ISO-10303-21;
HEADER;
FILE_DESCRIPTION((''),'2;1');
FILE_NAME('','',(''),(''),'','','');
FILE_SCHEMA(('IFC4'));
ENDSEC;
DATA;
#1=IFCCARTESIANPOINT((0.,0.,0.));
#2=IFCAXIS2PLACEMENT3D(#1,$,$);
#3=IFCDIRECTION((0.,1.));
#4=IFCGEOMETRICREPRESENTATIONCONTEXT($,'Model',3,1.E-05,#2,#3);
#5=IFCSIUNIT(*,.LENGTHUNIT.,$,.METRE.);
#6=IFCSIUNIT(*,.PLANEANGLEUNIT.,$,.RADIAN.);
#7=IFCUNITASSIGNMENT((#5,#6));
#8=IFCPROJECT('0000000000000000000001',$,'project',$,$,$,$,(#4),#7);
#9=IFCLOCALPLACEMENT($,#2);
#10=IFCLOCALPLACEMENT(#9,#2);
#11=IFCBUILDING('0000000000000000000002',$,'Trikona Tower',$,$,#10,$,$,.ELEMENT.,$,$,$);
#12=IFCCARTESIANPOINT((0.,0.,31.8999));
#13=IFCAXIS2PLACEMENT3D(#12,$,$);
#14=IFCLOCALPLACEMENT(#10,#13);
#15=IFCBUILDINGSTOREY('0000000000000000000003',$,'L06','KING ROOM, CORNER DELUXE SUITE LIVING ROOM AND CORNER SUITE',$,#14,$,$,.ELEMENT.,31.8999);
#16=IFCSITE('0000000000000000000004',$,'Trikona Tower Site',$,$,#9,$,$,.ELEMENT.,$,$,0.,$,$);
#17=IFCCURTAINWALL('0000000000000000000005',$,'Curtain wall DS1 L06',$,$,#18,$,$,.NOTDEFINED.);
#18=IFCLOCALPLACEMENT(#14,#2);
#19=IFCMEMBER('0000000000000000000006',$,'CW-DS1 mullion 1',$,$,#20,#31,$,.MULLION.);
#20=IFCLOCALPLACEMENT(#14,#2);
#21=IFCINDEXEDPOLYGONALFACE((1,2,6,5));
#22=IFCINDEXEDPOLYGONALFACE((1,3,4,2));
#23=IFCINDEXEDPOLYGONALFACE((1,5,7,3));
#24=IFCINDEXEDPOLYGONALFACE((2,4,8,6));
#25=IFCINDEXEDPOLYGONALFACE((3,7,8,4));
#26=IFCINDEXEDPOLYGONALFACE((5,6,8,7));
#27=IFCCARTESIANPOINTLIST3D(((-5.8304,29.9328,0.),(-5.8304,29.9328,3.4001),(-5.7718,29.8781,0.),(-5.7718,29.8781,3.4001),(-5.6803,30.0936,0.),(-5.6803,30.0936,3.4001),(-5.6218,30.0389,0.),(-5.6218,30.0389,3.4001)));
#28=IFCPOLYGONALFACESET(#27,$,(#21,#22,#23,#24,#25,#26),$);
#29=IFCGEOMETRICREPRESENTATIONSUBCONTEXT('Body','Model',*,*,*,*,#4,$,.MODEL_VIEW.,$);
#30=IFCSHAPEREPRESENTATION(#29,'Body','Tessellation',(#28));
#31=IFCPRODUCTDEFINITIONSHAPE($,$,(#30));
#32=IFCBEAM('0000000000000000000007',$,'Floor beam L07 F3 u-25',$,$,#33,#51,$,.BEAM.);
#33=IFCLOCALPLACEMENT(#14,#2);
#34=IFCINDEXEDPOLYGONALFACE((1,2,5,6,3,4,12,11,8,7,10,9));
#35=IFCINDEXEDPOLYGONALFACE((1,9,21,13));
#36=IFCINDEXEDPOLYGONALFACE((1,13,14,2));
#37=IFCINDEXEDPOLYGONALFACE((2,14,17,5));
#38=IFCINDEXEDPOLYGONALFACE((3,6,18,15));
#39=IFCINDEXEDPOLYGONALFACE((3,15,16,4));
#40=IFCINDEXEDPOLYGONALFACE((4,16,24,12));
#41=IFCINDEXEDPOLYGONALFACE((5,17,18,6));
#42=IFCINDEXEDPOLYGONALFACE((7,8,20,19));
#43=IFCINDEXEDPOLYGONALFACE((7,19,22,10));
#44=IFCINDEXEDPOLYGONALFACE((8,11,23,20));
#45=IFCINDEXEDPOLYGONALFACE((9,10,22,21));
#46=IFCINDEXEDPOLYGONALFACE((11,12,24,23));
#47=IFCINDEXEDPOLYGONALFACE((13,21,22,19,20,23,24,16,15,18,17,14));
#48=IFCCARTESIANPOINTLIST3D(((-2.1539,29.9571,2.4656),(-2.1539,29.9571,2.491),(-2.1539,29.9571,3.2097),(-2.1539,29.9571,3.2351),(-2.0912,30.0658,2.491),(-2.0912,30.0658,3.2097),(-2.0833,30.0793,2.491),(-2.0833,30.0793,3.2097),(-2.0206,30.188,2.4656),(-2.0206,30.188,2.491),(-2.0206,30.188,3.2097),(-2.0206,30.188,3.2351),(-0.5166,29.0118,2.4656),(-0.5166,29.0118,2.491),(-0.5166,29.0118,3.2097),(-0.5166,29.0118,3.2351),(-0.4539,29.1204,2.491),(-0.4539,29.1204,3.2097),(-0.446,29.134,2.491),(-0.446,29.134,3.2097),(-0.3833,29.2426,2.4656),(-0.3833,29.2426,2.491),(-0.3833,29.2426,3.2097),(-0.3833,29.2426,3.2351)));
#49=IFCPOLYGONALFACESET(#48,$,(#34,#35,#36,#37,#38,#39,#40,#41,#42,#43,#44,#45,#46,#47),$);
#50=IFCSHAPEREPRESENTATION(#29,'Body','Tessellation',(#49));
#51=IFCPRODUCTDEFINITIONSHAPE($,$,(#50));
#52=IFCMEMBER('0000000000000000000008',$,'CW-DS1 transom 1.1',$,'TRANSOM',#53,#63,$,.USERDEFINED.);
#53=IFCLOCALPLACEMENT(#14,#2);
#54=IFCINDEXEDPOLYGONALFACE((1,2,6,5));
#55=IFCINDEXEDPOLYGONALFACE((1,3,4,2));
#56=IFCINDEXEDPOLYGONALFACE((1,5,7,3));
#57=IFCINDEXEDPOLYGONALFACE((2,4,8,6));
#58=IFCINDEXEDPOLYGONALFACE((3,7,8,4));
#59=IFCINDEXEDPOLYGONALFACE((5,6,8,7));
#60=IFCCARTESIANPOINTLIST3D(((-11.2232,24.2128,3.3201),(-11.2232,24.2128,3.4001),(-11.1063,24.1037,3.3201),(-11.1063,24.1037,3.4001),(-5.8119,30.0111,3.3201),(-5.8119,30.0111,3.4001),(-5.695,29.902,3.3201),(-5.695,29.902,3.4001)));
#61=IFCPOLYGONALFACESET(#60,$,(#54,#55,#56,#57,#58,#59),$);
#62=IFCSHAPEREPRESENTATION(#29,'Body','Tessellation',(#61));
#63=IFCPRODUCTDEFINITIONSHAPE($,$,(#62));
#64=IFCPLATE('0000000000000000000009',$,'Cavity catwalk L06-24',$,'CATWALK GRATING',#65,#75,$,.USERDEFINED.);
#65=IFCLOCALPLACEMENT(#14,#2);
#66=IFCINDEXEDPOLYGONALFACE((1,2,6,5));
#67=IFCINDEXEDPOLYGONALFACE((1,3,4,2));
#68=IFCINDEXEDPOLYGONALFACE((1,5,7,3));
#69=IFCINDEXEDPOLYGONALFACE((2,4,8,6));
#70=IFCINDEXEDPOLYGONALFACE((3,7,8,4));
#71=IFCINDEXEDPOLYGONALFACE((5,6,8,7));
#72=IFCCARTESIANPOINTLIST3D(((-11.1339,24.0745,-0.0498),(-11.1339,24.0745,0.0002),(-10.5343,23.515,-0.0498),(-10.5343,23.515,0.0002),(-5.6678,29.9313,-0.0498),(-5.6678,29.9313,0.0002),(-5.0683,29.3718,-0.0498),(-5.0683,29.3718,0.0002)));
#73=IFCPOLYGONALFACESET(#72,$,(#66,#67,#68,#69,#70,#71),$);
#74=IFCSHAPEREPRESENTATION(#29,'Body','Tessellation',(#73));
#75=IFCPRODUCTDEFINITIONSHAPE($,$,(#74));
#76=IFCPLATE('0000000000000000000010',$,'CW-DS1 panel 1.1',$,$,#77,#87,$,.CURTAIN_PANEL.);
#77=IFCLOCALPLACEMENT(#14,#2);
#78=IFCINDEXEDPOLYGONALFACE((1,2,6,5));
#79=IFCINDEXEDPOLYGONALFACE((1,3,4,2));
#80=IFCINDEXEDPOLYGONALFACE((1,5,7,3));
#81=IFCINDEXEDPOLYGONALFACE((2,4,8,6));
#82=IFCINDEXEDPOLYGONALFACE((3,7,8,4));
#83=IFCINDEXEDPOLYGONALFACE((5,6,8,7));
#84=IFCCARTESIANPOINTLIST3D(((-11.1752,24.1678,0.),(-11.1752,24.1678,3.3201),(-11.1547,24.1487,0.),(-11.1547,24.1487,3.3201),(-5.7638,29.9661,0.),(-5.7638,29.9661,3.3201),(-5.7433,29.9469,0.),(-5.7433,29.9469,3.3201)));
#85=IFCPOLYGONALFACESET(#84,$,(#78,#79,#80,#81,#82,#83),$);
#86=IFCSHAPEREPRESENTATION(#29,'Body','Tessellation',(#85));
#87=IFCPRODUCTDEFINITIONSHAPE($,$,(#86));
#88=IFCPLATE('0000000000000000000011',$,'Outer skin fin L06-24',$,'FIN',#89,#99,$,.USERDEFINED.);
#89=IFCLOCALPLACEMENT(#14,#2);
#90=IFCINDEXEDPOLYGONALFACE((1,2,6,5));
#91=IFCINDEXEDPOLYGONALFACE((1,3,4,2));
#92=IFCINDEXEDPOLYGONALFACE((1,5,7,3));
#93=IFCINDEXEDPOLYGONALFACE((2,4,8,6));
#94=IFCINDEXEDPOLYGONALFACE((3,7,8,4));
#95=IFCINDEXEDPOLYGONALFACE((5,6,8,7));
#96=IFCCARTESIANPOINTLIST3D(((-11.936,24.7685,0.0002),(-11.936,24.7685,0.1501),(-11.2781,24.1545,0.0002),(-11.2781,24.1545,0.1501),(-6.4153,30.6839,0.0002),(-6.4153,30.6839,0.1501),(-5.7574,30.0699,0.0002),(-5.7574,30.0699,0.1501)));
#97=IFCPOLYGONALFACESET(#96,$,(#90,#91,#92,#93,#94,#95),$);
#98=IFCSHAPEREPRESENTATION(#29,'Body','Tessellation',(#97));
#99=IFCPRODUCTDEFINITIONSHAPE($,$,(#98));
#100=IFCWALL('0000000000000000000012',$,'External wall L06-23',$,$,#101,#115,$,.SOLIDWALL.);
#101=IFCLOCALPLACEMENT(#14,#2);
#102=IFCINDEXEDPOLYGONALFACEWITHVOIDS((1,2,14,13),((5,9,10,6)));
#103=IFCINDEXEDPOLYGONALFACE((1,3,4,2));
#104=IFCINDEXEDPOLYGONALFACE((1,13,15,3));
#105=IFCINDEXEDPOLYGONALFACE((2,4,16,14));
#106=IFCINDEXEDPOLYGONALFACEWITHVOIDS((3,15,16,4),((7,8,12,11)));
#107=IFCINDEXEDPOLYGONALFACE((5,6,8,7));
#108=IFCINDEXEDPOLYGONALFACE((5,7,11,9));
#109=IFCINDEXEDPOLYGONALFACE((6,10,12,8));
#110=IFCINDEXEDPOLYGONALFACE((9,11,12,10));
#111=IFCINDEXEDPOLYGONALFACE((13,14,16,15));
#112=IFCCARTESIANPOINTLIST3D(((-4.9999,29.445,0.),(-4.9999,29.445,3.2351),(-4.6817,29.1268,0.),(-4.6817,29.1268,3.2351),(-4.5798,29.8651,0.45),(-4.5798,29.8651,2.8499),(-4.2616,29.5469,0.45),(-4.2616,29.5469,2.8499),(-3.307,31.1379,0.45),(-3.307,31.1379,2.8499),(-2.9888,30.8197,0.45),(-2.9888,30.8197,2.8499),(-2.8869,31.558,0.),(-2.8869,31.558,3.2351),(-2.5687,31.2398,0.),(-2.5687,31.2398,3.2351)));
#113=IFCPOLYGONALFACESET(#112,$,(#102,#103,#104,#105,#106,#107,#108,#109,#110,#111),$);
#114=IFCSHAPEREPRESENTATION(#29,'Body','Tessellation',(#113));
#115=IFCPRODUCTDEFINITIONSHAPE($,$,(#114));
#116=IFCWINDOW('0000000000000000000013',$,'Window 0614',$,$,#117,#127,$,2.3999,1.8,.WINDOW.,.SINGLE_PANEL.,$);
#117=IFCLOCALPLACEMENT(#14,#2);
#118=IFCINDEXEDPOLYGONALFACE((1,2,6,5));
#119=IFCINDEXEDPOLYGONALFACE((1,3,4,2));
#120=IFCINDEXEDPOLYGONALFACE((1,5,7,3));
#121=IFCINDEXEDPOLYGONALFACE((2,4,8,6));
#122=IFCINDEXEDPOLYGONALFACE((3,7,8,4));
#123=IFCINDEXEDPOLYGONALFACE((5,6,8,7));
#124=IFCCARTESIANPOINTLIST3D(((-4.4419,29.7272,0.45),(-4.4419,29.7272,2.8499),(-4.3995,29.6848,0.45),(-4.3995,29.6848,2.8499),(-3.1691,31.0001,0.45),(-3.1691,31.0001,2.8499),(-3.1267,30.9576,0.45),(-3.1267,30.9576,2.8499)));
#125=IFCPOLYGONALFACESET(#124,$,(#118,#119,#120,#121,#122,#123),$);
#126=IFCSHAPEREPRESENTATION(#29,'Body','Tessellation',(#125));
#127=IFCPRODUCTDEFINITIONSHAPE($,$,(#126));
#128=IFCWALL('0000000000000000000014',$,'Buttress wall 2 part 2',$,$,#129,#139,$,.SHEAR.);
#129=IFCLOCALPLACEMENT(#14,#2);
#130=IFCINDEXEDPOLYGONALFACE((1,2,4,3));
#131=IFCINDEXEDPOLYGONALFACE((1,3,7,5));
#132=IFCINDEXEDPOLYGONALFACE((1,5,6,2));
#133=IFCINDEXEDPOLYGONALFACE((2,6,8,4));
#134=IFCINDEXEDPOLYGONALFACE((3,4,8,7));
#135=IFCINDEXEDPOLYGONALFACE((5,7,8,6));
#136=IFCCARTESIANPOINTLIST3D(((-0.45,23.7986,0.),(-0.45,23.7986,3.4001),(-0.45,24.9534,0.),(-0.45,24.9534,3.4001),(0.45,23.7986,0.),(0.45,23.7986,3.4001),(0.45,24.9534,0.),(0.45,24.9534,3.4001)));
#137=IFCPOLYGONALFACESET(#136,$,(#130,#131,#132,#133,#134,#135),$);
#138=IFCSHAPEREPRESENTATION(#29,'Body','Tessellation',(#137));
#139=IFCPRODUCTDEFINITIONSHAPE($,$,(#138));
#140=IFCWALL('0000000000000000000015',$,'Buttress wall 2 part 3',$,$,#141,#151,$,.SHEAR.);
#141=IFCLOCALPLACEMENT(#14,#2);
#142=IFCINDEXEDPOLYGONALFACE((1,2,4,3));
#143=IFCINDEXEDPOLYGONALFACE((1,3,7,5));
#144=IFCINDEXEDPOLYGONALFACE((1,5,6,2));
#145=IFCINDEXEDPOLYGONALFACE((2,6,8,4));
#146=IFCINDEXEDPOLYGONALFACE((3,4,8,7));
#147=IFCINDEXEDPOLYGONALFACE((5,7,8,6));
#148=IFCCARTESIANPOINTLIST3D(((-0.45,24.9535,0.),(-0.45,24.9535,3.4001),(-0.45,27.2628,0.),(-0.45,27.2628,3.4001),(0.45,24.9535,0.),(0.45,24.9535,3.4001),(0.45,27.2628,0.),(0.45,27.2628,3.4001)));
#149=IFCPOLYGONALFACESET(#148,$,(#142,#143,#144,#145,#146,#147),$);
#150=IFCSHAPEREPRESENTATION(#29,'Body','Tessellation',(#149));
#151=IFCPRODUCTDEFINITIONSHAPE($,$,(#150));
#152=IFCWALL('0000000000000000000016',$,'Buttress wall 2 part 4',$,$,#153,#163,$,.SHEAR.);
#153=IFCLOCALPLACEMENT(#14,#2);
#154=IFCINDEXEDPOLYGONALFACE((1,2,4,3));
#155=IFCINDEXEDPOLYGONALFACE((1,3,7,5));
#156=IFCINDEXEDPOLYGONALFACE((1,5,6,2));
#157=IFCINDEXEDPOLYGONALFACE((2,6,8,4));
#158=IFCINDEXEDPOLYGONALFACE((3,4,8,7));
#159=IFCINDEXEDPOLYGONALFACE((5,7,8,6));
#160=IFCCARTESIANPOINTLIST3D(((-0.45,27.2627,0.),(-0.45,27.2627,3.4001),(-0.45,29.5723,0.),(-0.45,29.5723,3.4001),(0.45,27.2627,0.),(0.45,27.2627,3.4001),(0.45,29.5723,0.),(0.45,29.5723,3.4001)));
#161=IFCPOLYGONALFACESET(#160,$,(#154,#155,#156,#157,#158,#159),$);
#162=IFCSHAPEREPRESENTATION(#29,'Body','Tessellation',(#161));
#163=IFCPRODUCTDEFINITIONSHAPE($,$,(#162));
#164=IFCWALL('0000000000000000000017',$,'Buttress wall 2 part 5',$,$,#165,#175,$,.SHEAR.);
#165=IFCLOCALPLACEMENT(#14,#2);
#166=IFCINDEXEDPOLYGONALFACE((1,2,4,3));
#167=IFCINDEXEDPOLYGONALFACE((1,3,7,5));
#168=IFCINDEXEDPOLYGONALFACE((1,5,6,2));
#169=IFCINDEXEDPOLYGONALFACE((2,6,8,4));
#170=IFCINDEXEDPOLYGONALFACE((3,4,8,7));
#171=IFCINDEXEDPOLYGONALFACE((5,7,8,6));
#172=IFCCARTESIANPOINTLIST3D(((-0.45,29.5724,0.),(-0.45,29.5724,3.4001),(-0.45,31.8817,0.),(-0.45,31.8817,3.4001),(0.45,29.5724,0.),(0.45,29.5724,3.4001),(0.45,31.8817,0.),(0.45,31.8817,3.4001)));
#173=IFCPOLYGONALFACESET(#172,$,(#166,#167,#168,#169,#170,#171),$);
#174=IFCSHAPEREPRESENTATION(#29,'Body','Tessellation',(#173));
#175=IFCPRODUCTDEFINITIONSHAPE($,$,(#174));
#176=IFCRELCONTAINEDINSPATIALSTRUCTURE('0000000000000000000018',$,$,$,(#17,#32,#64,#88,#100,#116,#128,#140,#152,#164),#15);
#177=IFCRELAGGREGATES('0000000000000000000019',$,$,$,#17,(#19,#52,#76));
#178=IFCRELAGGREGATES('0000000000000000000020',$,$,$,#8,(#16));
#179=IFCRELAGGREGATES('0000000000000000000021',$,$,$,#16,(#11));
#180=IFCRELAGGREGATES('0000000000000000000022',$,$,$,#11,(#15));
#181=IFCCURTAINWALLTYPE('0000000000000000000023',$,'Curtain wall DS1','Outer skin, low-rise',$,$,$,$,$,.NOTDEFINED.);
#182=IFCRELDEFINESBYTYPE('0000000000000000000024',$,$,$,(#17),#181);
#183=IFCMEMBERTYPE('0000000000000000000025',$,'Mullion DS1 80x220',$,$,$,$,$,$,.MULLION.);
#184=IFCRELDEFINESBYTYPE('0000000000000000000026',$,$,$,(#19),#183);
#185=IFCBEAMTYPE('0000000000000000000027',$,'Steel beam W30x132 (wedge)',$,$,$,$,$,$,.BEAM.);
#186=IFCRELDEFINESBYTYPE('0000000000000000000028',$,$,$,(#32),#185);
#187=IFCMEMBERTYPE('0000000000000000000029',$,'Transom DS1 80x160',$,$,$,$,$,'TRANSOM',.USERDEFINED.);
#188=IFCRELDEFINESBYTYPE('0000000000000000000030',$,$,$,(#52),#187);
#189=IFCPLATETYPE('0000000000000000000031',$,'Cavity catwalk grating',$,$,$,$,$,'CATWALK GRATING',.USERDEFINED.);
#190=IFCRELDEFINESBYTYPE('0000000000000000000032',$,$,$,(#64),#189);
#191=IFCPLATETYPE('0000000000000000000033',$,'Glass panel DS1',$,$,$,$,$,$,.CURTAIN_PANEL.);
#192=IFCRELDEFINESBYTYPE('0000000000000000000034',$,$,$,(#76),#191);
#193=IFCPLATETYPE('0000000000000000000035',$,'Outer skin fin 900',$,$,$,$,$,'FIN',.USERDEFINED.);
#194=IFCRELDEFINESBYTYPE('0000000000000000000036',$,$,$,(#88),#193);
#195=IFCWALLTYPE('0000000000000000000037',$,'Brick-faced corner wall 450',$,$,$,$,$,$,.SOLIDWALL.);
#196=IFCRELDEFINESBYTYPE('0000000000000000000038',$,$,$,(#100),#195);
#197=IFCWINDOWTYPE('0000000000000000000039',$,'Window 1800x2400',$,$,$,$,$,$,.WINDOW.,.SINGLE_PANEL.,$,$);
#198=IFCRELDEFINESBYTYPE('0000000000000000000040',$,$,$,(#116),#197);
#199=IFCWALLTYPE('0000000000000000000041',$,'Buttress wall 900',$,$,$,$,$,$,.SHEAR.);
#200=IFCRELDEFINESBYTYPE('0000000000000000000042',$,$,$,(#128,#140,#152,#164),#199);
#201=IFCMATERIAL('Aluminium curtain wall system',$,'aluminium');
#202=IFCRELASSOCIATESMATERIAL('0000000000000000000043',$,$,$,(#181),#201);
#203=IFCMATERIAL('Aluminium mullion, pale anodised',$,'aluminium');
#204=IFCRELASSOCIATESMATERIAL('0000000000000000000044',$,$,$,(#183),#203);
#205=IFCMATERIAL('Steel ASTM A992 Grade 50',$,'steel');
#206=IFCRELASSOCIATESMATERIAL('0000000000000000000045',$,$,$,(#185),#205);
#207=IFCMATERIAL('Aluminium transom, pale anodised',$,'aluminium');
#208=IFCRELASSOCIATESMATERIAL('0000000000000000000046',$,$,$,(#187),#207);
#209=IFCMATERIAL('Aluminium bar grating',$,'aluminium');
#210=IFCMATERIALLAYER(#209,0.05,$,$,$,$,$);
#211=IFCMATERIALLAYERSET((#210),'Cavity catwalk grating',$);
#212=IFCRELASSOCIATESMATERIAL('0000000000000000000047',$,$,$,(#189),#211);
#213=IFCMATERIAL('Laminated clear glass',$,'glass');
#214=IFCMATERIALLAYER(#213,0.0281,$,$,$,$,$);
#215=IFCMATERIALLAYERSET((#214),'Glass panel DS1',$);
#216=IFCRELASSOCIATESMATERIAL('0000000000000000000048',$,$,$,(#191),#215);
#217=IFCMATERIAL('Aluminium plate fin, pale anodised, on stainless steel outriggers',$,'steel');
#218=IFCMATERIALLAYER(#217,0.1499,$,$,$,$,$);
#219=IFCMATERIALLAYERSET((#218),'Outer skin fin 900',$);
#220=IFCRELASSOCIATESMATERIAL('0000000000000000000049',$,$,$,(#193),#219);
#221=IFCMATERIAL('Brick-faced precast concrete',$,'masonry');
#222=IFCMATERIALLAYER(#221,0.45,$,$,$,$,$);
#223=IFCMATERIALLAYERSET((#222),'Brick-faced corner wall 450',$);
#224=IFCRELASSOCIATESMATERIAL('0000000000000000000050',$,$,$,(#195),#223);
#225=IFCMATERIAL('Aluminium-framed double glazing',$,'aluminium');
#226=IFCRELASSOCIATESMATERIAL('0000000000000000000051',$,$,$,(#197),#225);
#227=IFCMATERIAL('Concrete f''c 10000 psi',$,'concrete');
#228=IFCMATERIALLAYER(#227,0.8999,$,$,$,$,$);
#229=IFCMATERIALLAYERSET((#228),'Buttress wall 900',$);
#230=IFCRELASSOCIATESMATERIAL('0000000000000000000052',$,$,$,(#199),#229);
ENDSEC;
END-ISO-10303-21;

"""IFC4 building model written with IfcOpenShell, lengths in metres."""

from ifc_helpers import new_model, si_unit, direction, frame, frame_2d, origin, origin_2d, place, context, subcontext, project, spatial, rectangle, i_section, extrude, material, layer, layer_set, material_profile, profile_set, type_object, element, fill, aggregate, save


model = new_model("IFC4")

# Units and contexts
model_context = context("Model", 3, precision=1e-05, world=origin(), true_north=direction((0.0, 1.0)))
body_context = subcontext(model_context, "Body", "Model", "MODEL_VIEW")
ifc_project = project(units=[si_unit("LENGTHUNIT", "METRE"), si_unit("PLANEANGLEUNIT", "RADIAN")], contexts=[model_context])

# Site, building, storey
site_placement = place(None, origin())
site = spatial("IfcSite", under=ifc_project, at=site_placement, Name="Trikona Tower Site", CompositionType="ELEMENT", RefElevation=0.0)
building_placement = place(site_placement, origin())
building = spatial("IfcBuilding", under=site, at=building_placement, Name="Trikona Tower", CompositionType="ELEMENT")
storey_placement = place(building_placement, frame((0.0, 0.0, 31.8999)))
storey = spatial("IfcBuildingStorey", under=building, at=storey_placement, Name="L06", Description="KING ROOM, CORNER DELUXE SUITE LIVING ROOM AND CORNER SUITE", CompositionType="ELEMENT", Elevation=31.8999)

# Curtain wall, member
ifc_material_1 = material(Name="Aluminium curtain wall system", Category="aluminium")
curtain_wall_type = type_object("IfcCurtainWallType", Name="Curtain wall DS1", Description="Outer skin, low-rise", PredefinedType="NOTDEFINED", material=ifc_material_1)
curtain_wall_placement = place(storey_placement, origin())
curtain_wall = element("IfcCurtainWall", 1, at=curtain_wall_placement, inside=storey, type_object=curtain_wall_type, Name="Curtain wall DS1 L06", PredefinedType="NOTDEFINED")
ifc_material_2 = material(Name="Aluminium mullion, pale anodised", Category="aluminium")
ifc_material_profile_1 = material_profile(ifc_material_2, rectangle(XDim=0.0801, YDim=0.22, at=origin_2d()), Name="MUL-DS1")
ifc_profile_set_1 = profile_set([ifc_material_profile_1], Name="Aluminium mullion, pale anodised")
member_type_1 = type_object("IfcMemberType", Name="Mullion DS1 80x220", PredefinedType="MULLION", material=ifc_profile_set_1)
member_1_placement = place(storey_placement, frame((-5.7261, 29.9858, 0.0), z_axis=(0.0, 0.0, 1.0), x_axis=(0.731077, -0.682295, 0.0)))
member_1 = element("IfcMember", 2, at=member_1_placement, type_object=member_type_1, Name="CW-DS1 mullion 1", PredefinedType="MULLION", context=body_context, shape_type="SweptSolid", body=[
    extrude(rectangle(XDim=0.0801, YDim=0.22, at=origin_2d()), origin(), (0.0, 0.0, 1.0), 3.4001),
])

# Beam
ifc_material_3 = material(Name="Steel ASTM A992 Grade 50", Category="steel")
ifc_material_profile_2 = material_profile(ifc_material_3, i_section(OverallWidth=0.2666, OverallDepth=0.7695, WebThickness=0.0156, FlangeThickness=0.0254, at=origin_2d()), Name="W30X132")
ifc_profile_set_2 = profile_set([ifc_material_profile_2], Name="Steel ASTM A992 Grade 50")
beam_type = type_object("IfcBeamType", Name="Steel beam W30x132 (wedge)", PredefinedType="BEAM", material=ifc_profile_set_2)
beam_placement = place(storey_placement, frame((-0.45, 29.1272, 2.8503), z_axis=(-0.866009, 0.500028, 0.0), x_axis=(-0.500028, -0.866009, 0.0)))
element("IfcBeam", 3, at=beam_placement, inside=storey, type_object=beam_type, Name="Floor beam L07 F3 u-25", PredefinedType="BEAM", context=body_context, shape_type="SweptSolid", body=[
    extrude(i_section(OverallWidth=0.2666, OverallDepth=0.7695, WebThickness=0.0156, FlangeThickness=0.0254, at=origin_2d()), origin(), (0.0, 0.0, 1.0), 1.8906),
])

# Member
ifc_material_4 = material(Name="Aluminium transom, pale anodised", Category="aluminium")
ifc_material_profile_3 = material_profile(ifc_material_4, rectangle(XDim=0.1599, YDim=0.0801, at=origin_2d()), Name="TRN-DS1")
ifc_profile_set_3 = profile_set([ifc_material_profile_3], Name="Aluminium transom, pale anodised")
member_type_2 = type_object("IfcMemberType", Name="Transom DS1 80x160", ElementType="TRANSOM", PredefinedType="USERDEFINED", material=ifc_profile_set_3)
member_2_placement = place(storey_placement, frame((-5.7534, 29.9565, 3.3601), z_axis=(-0.682291, -0.731081, 0.0), x_axis=(0.731081, -0.682291, 0.0)))
member_2 = element("IfcMember", 4, at=member_2_placement, type_object=member_type_2, Name="CW-DS1 transom 1.1", ObjectType="TRANSOM", PredefinedType="USERDEFINED", context=body_context, shape_type="SweptSolid", body=[
    extrude(rectangle(XDim=0.1599, YDim=0.0801, at=origin_2d()), origin(), (0.0, 0.0, 1.0), 7.9312),
])

# Plates
ifc_material_5 = material(Name="Aluminium bar grating", Category="aluminium")
ifc_layer_1 = layer(ifc_material_5, 0.05)
ifc_layer_set_1 = layer_set([ifc_layer_1], Name="Cavity catwalk grating")
plate_type_1 = type_object("IfcPlateType", Name="Cavity catwalk grating", ElementType="CATWALK GRATING", PredefinedType="USERDEFINED", material=ifc_layer_set_1)
plate_1_placement = place(storey_placement, frame((-8.1011, 26.7231, -0.0498), z_axis=(0.0, 0.0, 1.0), x_axis=(-0.682298, -0.731074, 0.0)))
element("IfcPlate", 5, at=plate_1_placement, inside=storey, type_object=plate_type_1, Name="Cavity catwalk L06-24", ObjectType="CATWALK GRATING", PredefinedType="USERDEFINED", context=body_context, shape_type="SweptSolid", body=[
    extrude(rectangle(XDim=8.0112, YDim=0.8201, at=origin_2d()), origin(), (0.0, 0.0, 1.0), 0.05),
])
ifc_material_6 = material(Name="Laminated clear glass", Category="glass")
ifc_layer_2 = layer(ifc_material_6, 0.0281)
ifc_layer_set_2 = layer_set([ifc_layer_2], Name="Glass panel DS1")
plate_type_2 = type_object("IfcPlateType", Name="Glass panel DS1", PredefinedType="CURTAIN_PANEL", material=ifc_layer_set_2)
plate_2_placement = place(storey_placement, frame((-8.4592, 27.0574, 0.0), z_axis=(0.0, 0.0, 1.0), x_axis=(-0.682295, -0.731077, 0.0)))
plate_2 = element("IfcPlate", 6, at=plate_2_placement, type_object=plate_type_2, Name="CW-DS1 panel 1.1", PredefinedType="CURTAIN_PANEL", context=body_context, shape_type="SweptSolid", body=[
    extrude(rectangle(XDim=7.9312, YDim=0.0281, at=origin_2d()), origin(), (0.0, 0.0, 1.0), 3.3201),
])
aggregate(curtain_wall, [member_1, member_2, plate_2])
ifc_material_7 = material(Name="Aluminium plate fin, pale anodised, on stainless steel outriggers", Category="steel")
ifc_layer_3 = layer(ifc_material_7, 0.1499)
ifc_layer_set_3 = layer_set([ifc_layer_3], Name="Outer skin fin 900")
plate_type_3 = type_object("IfcPlateType", Name="Outer skin fin 900", ElementType="FIN", PredefinedType="USERDEFINED", material=ifc_layer_set_3)
plate_3_placement = place(storey_placement, frame((-8.8467, 27.4192, 0.0002), z_axis=(0.0, 0.0, 1.0), x_axis=(-0.682298, -0.731074, 0.0)))
element("IfcPlate", 7, at=plate_3_placement, inside=storey, type_object=plate_type_3, Name="Outer skin fin L06-24", ObjectType="FIN", PredefinedType="USERDEFINED", context=body_context, shape_type="SweptSolid", body=[
    extrude(rectangle(XDim=8.0913, YDim=0.8999, at=origin_2d()), origin(), (0.0, 0.0, 1.0), 0.1499),
])

# Wall, opening, window
ifc_material_8 = material(Name="Brick-faced precast concrete", Category="masonry")
ifc_layer_4 = layer(ifc_material_8, 0.45)
ifc_layer_set_4 = layer_set([ifc_layer_4], Name="Brick-faced corner wall 450")
wall_type_1 = type_object("IfcWallType", Name="Brick-faced corner wall 450", PredefinedType="SOLIDWALL", material=ifc_layer_set_4)
wall_1_placement = place(storey_placement, frame((-2.7278, 31.3989, 0.0), z_axis=(0.0, 0.0, 1.0), x_axis=(-0.707107, -0.707107, 0.0)))
wall_1 = element("IfcWall", 8, at=wall_1_placement, inside=storey, type_object=wall_type_1, Name="External wall L06-23", PredefinedType="SOLIDWALL", context=body_context, shape_type="SweptSolid", body=[
    extrude(rectangle(XDim=2.9883, YDim=0.45, at=frame_2d((1.4941, 0.0))), origin(), (0.0, 0.0, 1.0), 3.2351),
])
opening_1_placement = place(wall_1_placement, frame((0.5942, 0.0, 0.45)))
opening_1 = element("IfcOpeningElement", 9, at=opening_1_placement, cuts=wall_1, PredefinedType="OPENING", context=body_context, shape_type="SweptSolid", body=[
    extrude(rectangle(XDim=1.8, YDim=2.3999, at=frame_2d((0.8999, 1.2))), frame((0.0, 0.2349, 0.0), z_axis=(0.0, -1.0, 0.0), x_axis=(1.0, 0.0, 0.0)), (0.0, 0.0, 1.0), 0.47),
])
ifc_material_9 = material(Name="Aluminium-framed double glazing", Category="aluminium")
window_type_1 = type_object("IfcWindowType", Name="Window 1800x2400", PartitioningType="SINGLE_PANEL", PredefinedType="WINDOW", material=ifc_material_9)
window_1_placement = place(opening_1_placement, origin())
window_1 = element("IfcWindow", 10, at=window_1_placement, inside=storey, type_object=window_type_1, Name="Window 0614", OverallHeight=2.3999, OverallWidth=1.8, PartitioningType="SINGLE_PANEL", PredefinedType="WINDOW", context=body_context, shape_type="SweptSolid", body=[
    extrude(rectangle(XDim=1.8, YDim=2.3999, at=frame_2d((0.8999, 1.2))), frame((0.0, 0.03, 0.0), z_axis=(0.0, -1.0, 0.0), x_axis=(1.0, 0.0, 0.0)), (0.0, 0.0, 1.0), 0.0601),
])
fill(opening_1, window_1)

# Walls
ifc_material_10 = material(Name="Concrete f'c 10000 psi", Category="concrete")
ifc_layer_5 = layer(ifc_material_10, 0.8999)
ifc_layer_set_5 = layer_set([ifc_layer_5], Name="Buttress wall 900")
wall_type_2 = type_object("IfcWallType", Name="Buttress wall 900", PredefinedType="SHEAR", material=ifc_layer_set_5)
wall_2_placement = place(storey_placement, frame((0.0, 23.7986, 0.0), z_axis=(0.0, 0.0, 1.0), x_axis=(0.0, 1.0, 0.0)))
element("IfcWall", 11, at=wall_2_placement, inside=storey, type_object=wall_type_2, Name="Buttress wall 2 part 2", PredefinedType="SHEAR", context=body_context, shape_type="SweptSolid", body=[
    extrude(rectangle(XDim=1.1548, YDim=0.8999, at=frame_2d((0.5774, 0.0))), origin(), (0.0, 0.0, 1.0), 3.4001),
])
wall_3_placement = place(storey_placement, frame((0.0, 24.9534, 0.0), z_axis=(0.0, 0.0, 1.0), x_axis=(0.0, 1.0, 0.0)))
element("IfcWall", 12, at=wall_3_placement, inside=storey, type_object=wall_type_2, Name="Buttress wall 2 part 3", PredefinedType="SHEAR", context=body_context, shape_type="SweptSolid", body=[
    extrude(rectangle(XDim=2.3093, YDim=0.8999, at=frame_2d((1.1548, 0.0))), origin(), (0.0, 0.0, 1.0), 3.4001),
])
wall_4_placement = place(storey_placement, frame((0.0, 27.2627, 0.0), z_axis=(0.0, 0.0, 1.0), x_axis=(0.0, 1.0, 0.0)))
element("IfcWall", 13, at=wall_4_placement, inside=storey, type_object=wall_type_2, Name="Buttress wall 2 part 4", PredefinedType="SHEAR", context=body_context, shape_type="SweptSolid", body=[
    extrude(rectangle(XDim=2.3096, YDim=0.8999, at=frame_2d((1.1548, 0.0))), origin(), (0.0, 0.0, 1.0), 3.4001),
])
wall_5_placement = place(storey_placement, frame((0.0, 29.5723, 0.0), z_axis=(0.0, 0.0, 1.0), x_axis=(0.0, 1.0, 0.0)))
element("IfcWall", 14, at=wall_5_placement, inside=storey, type_object=wall_type_2, Name="Buttress wall 2 part 5", PredefinedType="SHEAR", context=body_context, shape_type="SweptSolid", body=[
    extrude(rectangle(XDim=2.3093, YDim=0.8999, at=frame_2d((1.1548, 0.0))), origin(), (0.0, 0.0, 1.0), 3.4001),
])

save(model, "model.ifc")
